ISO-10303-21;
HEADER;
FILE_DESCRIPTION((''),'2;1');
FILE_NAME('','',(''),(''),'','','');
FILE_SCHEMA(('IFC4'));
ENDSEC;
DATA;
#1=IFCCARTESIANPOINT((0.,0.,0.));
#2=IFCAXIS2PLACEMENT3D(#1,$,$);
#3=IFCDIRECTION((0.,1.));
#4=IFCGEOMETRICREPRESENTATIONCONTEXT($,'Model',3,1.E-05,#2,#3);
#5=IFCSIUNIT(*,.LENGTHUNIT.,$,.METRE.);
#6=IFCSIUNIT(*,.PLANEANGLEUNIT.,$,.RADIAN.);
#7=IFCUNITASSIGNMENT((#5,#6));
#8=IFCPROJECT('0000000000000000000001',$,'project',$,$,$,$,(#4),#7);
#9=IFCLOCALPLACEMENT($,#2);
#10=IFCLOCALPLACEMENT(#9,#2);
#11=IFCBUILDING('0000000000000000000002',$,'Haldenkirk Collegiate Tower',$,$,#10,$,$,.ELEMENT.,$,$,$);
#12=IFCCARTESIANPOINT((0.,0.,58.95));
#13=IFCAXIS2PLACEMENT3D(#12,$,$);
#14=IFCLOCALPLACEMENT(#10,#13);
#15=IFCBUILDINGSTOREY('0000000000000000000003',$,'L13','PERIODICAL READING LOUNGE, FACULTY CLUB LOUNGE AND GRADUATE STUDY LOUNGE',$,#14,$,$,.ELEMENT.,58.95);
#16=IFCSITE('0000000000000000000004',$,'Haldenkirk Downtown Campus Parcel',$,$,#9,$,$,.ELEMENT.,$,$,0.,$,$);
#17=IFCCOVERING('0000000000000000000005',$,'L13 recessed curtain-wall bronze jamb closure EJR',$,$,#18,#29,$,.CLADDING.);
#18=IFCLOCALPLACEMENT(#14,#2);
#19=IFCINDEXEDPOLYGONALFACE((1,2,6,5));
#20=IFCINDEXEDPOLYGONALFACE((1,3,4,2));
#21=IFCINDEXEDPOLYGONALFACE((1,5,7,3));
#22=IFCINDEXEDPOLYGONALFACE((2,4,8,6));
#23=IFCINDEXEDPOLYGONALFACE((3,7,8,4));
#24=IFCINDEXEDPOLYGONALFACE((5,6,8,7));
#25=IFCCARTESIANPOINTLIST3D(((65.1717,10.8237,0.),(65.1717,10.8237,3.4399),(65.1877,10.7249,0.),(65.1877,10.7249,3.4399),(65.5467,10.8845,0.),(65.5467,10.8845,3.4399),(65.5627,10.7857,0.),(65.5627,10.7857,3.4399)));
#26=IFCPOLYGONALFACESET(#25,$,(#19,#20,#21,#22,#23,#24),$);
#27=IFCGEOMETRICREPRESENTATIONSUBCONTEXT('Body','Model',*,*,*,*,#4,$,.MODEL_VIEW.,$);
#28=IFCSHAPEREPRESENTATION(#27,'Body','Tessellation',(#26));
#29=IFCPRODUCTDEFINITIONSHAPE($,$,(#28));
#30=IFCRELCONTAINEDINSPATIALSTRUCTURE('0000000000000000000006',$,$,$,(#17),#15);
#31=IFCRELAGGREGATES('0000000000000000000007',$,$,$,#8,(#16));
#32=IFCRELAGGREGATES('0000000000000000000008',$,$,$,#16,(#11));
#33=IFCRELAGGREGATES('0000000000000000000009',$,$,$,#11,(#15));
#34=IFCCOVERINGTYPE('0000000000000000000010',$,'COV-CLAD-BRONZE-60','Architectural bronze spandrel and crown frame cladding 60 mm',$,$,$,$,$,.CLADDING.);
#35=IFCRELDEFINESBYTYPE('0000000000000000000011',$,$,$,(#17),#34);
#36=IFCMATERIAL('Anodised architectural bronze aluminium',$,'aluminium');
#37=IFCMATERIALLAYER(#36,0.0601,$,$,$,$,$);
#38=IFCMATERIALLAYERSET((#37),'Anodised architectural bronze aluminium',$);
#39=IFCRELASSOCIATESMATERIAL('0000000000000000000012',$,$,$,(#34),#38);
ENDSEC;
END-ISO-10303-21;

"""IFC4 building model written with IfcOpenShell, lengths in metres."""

from ifc_helpers import new_model, si_unit, direction, frame, origin, origin_2d, place, context, subcontext, project, spatial, rectangle, extrude, source, transform, mapped, material, layer, layer_set, type_object, element, save


model = new_model("IFC4")

# Units and contexts
model_context = context("Model", 3, precision=1e-05, world=origin(), true_north=direction((0.0, 1.0)))
body_context = subcontext(model_context, "Body", "Model", "MODEL_VIEW")
ifc_project = project(units=[si_unit("LENGTHUNIT", "METRE"), si_unit("PLANEANGLEUNIT", "RADIAN")], contexts=[model_context])

# Site, building, storey
site_placement = place(None, origin())
site = spatial("IfcSite", under=ifc_project, at=site_placement, Name="Haldenkirk Downtown Campus Parcel", CompositionType="ELEMENT", RefElevation=0.0)
building_placement = place(site_placement, origin())
building = spatial("IfcBuilding", under=site, at=building_placement, Name="Haldenkirk Collegiate Tower", CompositionType="ELEMENT")
storey_placement = place(building_placement, frame((0.0, 0.0, 58.95)))
storey = spatial("IfcBuildingStorey", under=building, at=storey_placement, Name="L13", Description="PERIODICAL READING LOUNGE, FACULTY CLUB LOUNGE AND GRADUATE STUDY LOUNGE", CompositionType="ELEMENT", Elevation=58.95)

# Shared definitions
ifc_material_1 = material(Name="Anodised architectural bronze aluminium", Category="aluminium")

# Covering
ifc_layer_1 = layer(ifc_material_1, 0.0601)
ifc_layer_set_1 = layer_set([ifc_layer_1], Name="Anodised architectural bronze aluminium")
covering_type = type_object("IfcCoveringType", Name="COV-CLAD-BRONZE-60", Description="Architectural bronze spandrel and crown frame cladding 60 mm", PredefinedType="CLADDING", material=ifc_layer_set_1)
shared_shape_1 = source(origin(), body_context, "Body", "SweptSolid", [
    extrude(rectangle(XDim=0.1001, YDim=0.3799, at=origin_2d()), origin(), (0.0, 0.0, 1.0), 3.4399),
])
for number, where, z_axis, x_axis, name in (
    (1, (65.3672, 10.8047, 0.0), (0.0, 0.0, 1.0), (0.159881, -0.987136, 0.0), "L13 recessed curtain-wall bronze jamb closure EJR"),
):
    element("IfcCovering", number, at=place(storey_placement, frame(where, z_axis=z_axis, x_axis=x_axis)), inside=storey, type_object=covering_type, Name=name, PredefinedType="CLADDING", context=body_context, shape_type="MappedRepresentation", body=[
        mapped(shared_shape_1, transform((0.0, 0.0, 0.0), x_axis=(1.0, 0.0, 0.0), y_axis=(0.0, 1.0, 0.0), z_axis=(0.0, 0.0, 1.0), scale=1.0)),
    ])

save(model, "model.ifc")
